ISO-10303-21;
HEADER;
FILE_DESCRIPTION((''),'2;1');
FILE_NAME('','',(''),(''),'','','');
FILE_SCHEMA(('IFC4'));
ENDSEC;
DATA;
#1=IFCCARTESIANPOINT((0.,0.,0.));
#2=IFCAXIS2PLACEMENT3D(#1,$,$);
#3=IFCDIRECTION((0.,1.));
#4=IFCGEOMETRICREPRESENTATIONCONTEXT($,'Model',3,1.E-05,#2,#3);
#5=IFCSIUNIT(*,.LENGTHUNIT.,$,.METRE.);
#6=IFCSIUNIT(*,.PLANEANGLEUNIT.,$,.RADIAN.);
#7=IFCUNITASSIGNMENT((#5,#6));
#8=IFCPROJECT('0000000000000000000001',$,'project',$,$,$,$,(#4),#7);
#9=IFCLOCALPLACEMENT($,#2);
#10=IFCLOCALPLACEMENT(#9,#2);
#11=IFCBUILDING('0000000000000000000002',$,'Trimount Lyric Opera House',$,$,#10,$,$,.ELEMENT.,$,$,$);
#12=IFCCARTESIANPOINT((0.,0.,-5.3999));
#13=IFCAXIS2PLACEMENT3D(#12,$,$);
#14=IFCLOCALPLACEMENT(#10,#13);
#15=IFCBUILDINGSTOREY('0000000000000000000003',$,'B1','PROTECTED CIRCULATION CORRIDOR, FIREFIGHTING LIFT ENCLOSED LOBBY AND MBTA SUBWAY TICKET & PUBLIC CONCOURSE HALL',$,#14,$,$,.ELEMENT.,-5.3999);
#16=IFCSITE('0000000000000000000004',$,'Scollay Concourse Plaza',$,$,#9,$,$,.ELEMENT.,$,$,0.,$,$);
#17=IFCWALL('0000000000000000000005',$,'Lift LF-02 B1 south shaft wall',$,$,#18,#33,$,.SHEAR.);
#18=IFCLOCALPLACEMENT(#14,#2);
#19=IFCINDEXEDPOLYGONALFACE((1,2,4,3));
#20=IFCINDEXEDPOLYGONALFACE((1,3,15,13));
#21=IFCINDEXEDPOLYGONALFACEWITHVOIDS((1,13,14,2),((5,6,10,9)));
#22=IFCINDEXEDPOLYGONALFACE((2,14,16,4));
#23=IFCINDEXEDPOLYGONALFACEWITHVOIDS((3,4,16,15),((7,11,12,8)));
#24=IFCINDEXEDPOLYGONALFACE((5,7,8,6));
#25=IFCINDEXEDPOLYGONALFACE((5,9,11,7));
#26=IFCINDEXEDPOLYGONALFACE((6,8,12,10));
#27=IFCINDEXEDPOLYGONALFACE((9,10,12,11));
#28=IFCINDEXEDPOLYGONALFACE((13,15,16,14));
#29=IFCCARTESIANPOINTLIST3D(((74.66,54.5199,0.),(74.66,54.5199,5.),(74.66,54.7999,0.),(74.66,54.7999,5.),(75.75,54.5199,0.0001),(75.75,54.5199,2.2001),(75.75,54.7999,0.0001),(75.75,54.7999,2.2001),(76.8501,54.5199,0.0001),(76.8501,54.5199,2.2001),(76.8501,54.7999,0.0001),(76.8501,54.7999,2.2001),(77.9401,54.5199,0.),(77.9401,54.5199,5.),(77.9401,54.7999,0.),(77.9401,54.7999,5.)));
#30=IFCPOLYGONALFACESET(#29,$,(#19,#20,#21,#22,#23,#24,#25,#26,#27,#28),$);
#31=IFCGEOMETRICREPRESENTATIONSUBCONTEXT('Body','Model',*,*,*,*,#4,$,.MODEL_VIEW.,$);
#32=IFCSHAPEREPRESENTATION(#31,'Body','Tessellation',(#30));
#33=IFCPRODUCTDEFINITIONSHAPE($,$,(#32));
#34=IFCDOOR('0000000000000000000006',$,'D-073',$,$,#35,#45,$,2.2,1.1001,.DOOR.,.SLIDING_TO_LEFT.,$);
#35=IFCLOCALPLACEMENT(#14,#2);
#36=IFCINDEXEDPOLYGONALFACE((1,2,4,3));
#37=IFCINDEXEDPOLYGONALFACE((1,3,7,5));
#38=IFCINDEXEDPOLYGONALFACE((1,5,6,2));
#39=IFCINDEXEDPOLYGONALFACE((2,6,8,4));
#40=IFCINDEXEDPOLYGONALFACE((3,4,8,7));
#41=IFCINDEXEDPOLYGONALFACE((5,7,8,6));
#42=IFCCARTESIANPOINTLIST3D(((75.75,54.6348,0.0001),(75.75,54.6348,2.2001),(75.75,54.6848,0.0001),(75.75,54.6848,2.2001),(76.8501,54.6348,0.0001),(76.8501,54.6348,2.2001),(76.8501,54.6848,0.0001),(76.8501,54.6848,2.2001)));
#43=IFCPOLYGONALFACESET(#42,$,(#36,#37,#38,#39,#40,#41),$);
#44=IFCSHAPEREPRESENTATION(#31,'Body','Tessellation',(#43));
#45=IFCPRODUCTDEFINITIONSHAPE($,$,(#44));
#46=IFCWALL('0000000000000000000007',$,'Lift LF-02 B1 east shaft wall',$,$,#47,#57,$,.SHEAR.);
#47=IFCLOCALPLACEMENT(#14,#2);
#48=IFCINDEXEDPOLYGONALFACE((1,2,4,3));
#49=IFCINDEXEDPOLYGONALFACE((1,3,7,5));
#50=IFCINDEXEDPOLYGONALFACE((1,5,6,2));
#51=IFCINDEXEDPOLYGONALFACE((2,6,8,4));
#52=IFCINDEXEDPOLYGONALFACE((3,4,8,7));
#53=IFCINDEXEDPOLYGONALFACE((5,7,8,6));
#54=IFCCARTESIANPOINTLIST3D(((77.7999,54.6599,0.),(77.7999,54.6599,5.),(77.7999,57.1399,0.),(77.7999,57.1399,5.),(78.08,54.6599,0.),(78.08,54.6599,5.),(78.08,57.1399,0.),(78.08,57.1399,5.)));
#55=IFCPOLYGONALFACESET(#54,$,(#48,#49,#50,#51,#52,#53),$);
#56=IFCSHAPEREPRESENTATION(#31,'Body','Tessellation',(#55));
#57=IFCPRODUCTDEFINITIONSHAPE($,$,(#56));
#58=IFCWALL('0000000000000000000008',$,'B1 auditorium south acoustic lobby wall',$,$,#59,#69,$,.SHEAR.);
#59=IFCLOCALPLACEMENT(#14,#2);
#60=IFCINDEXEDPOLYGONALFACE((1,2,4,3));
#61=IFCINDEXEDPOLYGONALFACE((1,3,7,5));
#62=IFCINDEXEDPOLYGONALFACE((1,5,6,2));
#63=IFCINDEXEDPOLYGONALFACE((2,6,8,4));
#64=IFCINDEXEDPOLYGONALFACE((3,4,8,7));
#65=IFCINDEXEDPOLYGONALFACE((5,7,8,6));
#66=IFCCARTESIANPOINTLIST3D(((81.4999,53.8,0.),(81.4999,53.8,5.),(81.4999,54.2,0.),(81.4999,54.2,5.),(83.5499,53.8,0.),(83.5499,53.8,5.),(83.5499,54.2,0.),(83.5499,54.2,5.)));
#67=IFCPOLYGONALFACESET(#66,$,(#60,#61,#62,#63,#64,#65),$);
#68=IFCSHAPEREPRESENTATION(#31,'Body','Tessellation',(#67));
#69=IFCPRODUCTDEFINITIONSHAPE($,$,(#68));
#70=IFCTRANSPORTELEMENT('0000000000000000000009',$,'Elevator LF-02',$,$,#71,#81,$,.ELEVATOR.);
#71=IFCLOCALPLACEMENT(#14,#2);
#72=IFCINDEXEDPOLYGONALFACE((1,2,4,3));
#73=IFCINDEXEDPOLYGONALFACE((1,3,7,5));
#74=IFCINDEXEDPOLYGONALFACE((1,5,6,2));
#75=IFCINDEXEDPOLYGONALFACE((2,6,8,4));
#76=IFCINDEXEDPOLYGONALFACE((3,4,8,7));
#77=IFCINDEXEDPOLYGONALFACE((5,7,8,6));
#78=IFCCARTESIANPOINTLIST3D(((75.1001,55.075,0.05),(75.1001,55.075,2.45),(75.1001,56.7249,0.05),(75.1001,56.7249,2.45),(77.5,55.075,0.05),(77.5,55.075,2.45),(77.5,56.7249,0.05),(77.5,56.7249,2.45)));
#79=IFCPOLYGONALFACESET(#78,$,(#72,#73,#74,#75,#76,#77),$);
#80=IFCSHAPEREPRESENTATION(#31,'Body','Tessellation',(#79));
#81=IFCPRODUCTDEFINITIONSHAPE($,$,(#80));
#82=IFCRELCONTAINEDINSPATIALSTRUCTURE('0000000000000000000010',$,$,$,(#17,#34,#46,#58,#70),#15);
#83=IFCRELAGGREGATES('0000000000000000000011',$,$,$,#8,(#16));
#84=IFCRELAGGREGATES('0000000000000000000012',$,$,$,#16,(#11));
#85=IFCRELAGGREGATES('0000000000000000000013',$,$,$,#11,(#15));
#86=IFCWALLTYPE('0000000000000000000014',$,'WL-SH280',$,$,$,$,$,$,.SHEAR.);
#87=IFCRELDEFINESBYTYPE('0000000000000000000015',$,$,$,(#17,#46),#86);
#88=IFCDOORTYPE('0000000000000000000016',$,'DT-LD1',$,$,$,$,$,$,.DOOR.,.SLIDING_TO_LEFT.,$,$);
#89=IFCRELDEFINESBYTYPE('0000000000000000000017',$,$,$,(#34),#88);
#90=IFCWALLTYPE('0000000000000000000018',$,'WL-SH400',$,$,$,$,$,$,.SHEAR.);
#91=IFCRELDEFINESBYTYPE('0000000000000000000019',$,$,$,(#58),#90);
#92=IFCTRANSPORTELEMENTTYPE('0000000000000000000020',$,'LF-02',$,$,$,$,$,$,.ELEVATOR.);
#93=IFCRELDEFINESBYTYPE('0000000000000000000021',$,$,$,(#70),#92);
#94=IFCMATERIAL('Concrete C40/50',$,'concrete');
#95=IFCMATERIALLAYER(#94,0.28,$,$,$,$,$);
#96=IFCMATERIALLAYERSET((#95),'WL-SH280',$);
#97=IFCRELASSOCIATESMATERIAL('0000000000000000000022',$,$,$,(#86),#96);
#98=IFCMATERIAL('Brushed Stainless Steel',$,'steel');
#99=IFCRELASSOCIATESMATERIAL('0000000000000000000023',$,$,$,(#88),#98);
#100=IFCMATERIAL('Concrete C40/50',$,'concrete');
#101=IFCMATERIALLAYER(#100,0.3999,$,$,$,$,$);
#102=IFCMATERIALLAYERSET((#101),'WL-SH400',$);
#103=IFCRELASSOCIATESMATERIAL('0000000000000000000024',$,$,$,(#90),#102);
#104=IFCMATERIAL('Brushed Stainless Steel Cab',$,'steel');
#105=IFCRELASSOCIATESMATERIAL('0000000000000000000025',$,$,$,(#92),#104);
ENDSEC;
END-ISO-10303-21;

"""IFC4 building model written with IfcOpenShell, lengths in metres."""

from ifc_helpers import new_model, si_unit, direction, frame, frame_2d, origin, origin_2d, place, context, subcontext, project, spatial, rectangle, extrude, material, layer, layer_set, type_object, element, fill, save


model = new_model("IFC4")

# Units and contexts
model_context = context("Model", 3, precision=1e-05, world=origin(), true_north=direction((0.0, 1.0)))
body_context = subcontext(model_context, "Body", "Model", "MODEL_VIEW")
ifc_project = project(units=[si_unit("LENGTHUNIT", "METRE"), si_unit("PLANEANGLEUNIT", "RADIAN")], contexts=[model_context])

# Site, building, storey
site_placement = place(None, origin())
site = spatial("IfcSite", under=ifc_project, at=site_placement, Name="Scollay Concourse Plaza", CompositionType="ELEMENT", RefElevation=0.0)
building_placement = place(site_placement, origin())
building = spatial("IfcBuilding", under=site, at=building_placement, Name="Trimount Lyric Opera House", CompositionType="ELEMENT")
storey_placement = place(building_placement, frame((0.0, 0.0, -5.3999)))
storey = spatial("IfcBuildingStorey", under=building, at=storey_placement, Name="B1", Description="PROTECTED CIRCULATION CORRIDOR, FIREFIGHTING LIFT ENCLOSED LOBBY AND MBTA SUBWAY TICKET & PUBLIC CONCOURSE HALL", CompositionType="ELEMENT", Elevation=-5.3999)

# Shared definitions
ifc_material_1 = material(Name="Concrete C40/50", Category="concrete")
ifc_layer_1 = layer(ifc_material_1, 0.28)
ifc_layer_set_1 = layer_set([ifc_layer_1], Name="WL-SH280")
wall_type_1 = type_object("IfcWallType", Name="WL-SH280", PredefinedType="SHEAR", material=ifc_layer_set_1)

# Wall, opening, door
wall_1_placement = place(storey_placement, frame((74.6599, 54.6599, 0.0), z_axis=(0.0, 0.0, 1.0), x_axis=(1.0, 0.0, 0.0)))
wall_1 = element("IfcWall", 1, at=wall_1_placement, inside=storey, type_object=wall_type_1, Name="Lift LF-02 B1 south shaft wall", PredefinedType="SHEAR", context=body_context, shape_type="SweptSolid", body=[
    extrude(rectangle(XDim=3.28, YDim=0.28, at=frame_2d((1.6401, 0.0))), origin(), (0.0, 0.0, 1.0), 5.0),
])
opening_placement = place(wall_1_placement, frame((1.0901, 0.0, 0.0)))
opening = element("IfcOpeningElement", 2, at=opening_placement, cuts=wall_1, PredefinedType="OPENING", context=body_context, shape_type="SweptSolid", body=[
    extrude(rectangle(XDim=1.1001, YDim=2.2, at=frame_2d((0.55, 1.1001))), frame((0.0, 0.1499, 0.0), z_axis=(0.0, -1.0, 0.0), x_axis=(1.0, 0.0, 0.0)), (0.0, 0.0, 1.0), 0.3),
])
ifc_material_2 = material(Name="Brushed Stainless Steel", Category="steel")
door_type = type_object("IfcDoorType", Name="DT-LD1", OperationType="SLIDING_TO_LEFT", PredefinedType="DOOR", material=ifc_material_2)
door_placement = place(opening_placement, origin())
door = element("IfcDoor", 3, at=door_placement, inside=storey, type_object=door_type, Name="D-073", OperationType="SLIDING_TO_LEFT", OverallHeight=2.2, OverallWidth=1.1001, PredefinedType="DOOR", context=body_context, shape_type="SweptSolid", body=[
    extrude(rectangle(XDim=1.1001, YDim=2.2, at=frame_2d((0.55, 1.1001))), frame((0.0, 0.0249, 0.0), z_axis=(0.0, -1.0, 0.0), x_axis=(1.0, 0.0, 0.0)), (0.0, 0.0, 1.0), 0.05),
])
fill(opening, door)

# Walls
wall_2_placement = place(storey_placement, frame((77.9399, 54.6599, 0.0), z_axis=(0.0, 0.0, 1.0), x_axis=(0.0, 1.0, 0.0)))
element("IfcWall", 4, at=wall_2_placement, inside=storey, type_object=wall_type_1, Name="Lift LF-02 B1 east shaft wall", PredefinedType="SHEAR", context=body_context, shape_type="SweptSolid", body=[
    extrude(rectangle(XDim=2.48, YDim=0.28, at=frame_2d((1.24, 0.0))), origin(), (0.0, 0.0, 1.0), 5.0),
])
ifc_material_3 = material(Name="Concrete C40/50", Category="concrete")
ifc_layer_2 = layer(ifc_material_3, 0.3999)
ifc_layer_set_2 = layer_set([ifc_layer_2], Name="WL-SH400")
wall_type_2 = type_object("IfcWallType", Name="WL-SH400", PredefinedType="SHEAR", material=ifc_layer_set_2)
wall_3_placement = place(storey_placement, frame((81.5, 54.0, 0.0), z_axis=(0.0, 0.0, 1.0), x_axis=(1.0, 0.0, 0.0)))
element("IfcWall", 5, at=wall_3_placement, inside=storey, type_object=wall_type_2, Name="B1 auditorium south acoustic lobby wall", PredefinedType="SHEAR", context=body_context, shape_type="SweptSolid", body=[
    extrude(rectangle(XDim=2.05, YDim=0.3999, at=frame_2d((1.0249, 0.0))), origin(), (0.0, 0.0, 1.0), 5.0),
])

# Transport element
ifc_material_4 = material(Name="Brushed Stainless Steel Cab", Category="steel")
transport_element_type = type_object("IfcTransportElementType", Name="LF-02", PredefinedType="ELEVATOR", material=ifc_material_4)
transport_element_placement = place(storey_placement, frame((76.3, 55.8999, 0.05), z_axis=(0.0, 0.0, 1.0), x_axis=(1.0, 0.0, 0.0)))
element("IfcTransportElement", 6, at=transport_element_placement, inside=storey, type_object=transport_element_type, Name="Elevator LF-02", PredefinedType="ELEVATOR", context=body_context, shape_type="SweptSolid", body=[
    extrude(rectangle(XDim=2.3999, YDim=1.6499, at=origin_2d()), origin(), (0.0, 0.0, 1.0), 2.3999),
])

save(model, "model.ifc")
